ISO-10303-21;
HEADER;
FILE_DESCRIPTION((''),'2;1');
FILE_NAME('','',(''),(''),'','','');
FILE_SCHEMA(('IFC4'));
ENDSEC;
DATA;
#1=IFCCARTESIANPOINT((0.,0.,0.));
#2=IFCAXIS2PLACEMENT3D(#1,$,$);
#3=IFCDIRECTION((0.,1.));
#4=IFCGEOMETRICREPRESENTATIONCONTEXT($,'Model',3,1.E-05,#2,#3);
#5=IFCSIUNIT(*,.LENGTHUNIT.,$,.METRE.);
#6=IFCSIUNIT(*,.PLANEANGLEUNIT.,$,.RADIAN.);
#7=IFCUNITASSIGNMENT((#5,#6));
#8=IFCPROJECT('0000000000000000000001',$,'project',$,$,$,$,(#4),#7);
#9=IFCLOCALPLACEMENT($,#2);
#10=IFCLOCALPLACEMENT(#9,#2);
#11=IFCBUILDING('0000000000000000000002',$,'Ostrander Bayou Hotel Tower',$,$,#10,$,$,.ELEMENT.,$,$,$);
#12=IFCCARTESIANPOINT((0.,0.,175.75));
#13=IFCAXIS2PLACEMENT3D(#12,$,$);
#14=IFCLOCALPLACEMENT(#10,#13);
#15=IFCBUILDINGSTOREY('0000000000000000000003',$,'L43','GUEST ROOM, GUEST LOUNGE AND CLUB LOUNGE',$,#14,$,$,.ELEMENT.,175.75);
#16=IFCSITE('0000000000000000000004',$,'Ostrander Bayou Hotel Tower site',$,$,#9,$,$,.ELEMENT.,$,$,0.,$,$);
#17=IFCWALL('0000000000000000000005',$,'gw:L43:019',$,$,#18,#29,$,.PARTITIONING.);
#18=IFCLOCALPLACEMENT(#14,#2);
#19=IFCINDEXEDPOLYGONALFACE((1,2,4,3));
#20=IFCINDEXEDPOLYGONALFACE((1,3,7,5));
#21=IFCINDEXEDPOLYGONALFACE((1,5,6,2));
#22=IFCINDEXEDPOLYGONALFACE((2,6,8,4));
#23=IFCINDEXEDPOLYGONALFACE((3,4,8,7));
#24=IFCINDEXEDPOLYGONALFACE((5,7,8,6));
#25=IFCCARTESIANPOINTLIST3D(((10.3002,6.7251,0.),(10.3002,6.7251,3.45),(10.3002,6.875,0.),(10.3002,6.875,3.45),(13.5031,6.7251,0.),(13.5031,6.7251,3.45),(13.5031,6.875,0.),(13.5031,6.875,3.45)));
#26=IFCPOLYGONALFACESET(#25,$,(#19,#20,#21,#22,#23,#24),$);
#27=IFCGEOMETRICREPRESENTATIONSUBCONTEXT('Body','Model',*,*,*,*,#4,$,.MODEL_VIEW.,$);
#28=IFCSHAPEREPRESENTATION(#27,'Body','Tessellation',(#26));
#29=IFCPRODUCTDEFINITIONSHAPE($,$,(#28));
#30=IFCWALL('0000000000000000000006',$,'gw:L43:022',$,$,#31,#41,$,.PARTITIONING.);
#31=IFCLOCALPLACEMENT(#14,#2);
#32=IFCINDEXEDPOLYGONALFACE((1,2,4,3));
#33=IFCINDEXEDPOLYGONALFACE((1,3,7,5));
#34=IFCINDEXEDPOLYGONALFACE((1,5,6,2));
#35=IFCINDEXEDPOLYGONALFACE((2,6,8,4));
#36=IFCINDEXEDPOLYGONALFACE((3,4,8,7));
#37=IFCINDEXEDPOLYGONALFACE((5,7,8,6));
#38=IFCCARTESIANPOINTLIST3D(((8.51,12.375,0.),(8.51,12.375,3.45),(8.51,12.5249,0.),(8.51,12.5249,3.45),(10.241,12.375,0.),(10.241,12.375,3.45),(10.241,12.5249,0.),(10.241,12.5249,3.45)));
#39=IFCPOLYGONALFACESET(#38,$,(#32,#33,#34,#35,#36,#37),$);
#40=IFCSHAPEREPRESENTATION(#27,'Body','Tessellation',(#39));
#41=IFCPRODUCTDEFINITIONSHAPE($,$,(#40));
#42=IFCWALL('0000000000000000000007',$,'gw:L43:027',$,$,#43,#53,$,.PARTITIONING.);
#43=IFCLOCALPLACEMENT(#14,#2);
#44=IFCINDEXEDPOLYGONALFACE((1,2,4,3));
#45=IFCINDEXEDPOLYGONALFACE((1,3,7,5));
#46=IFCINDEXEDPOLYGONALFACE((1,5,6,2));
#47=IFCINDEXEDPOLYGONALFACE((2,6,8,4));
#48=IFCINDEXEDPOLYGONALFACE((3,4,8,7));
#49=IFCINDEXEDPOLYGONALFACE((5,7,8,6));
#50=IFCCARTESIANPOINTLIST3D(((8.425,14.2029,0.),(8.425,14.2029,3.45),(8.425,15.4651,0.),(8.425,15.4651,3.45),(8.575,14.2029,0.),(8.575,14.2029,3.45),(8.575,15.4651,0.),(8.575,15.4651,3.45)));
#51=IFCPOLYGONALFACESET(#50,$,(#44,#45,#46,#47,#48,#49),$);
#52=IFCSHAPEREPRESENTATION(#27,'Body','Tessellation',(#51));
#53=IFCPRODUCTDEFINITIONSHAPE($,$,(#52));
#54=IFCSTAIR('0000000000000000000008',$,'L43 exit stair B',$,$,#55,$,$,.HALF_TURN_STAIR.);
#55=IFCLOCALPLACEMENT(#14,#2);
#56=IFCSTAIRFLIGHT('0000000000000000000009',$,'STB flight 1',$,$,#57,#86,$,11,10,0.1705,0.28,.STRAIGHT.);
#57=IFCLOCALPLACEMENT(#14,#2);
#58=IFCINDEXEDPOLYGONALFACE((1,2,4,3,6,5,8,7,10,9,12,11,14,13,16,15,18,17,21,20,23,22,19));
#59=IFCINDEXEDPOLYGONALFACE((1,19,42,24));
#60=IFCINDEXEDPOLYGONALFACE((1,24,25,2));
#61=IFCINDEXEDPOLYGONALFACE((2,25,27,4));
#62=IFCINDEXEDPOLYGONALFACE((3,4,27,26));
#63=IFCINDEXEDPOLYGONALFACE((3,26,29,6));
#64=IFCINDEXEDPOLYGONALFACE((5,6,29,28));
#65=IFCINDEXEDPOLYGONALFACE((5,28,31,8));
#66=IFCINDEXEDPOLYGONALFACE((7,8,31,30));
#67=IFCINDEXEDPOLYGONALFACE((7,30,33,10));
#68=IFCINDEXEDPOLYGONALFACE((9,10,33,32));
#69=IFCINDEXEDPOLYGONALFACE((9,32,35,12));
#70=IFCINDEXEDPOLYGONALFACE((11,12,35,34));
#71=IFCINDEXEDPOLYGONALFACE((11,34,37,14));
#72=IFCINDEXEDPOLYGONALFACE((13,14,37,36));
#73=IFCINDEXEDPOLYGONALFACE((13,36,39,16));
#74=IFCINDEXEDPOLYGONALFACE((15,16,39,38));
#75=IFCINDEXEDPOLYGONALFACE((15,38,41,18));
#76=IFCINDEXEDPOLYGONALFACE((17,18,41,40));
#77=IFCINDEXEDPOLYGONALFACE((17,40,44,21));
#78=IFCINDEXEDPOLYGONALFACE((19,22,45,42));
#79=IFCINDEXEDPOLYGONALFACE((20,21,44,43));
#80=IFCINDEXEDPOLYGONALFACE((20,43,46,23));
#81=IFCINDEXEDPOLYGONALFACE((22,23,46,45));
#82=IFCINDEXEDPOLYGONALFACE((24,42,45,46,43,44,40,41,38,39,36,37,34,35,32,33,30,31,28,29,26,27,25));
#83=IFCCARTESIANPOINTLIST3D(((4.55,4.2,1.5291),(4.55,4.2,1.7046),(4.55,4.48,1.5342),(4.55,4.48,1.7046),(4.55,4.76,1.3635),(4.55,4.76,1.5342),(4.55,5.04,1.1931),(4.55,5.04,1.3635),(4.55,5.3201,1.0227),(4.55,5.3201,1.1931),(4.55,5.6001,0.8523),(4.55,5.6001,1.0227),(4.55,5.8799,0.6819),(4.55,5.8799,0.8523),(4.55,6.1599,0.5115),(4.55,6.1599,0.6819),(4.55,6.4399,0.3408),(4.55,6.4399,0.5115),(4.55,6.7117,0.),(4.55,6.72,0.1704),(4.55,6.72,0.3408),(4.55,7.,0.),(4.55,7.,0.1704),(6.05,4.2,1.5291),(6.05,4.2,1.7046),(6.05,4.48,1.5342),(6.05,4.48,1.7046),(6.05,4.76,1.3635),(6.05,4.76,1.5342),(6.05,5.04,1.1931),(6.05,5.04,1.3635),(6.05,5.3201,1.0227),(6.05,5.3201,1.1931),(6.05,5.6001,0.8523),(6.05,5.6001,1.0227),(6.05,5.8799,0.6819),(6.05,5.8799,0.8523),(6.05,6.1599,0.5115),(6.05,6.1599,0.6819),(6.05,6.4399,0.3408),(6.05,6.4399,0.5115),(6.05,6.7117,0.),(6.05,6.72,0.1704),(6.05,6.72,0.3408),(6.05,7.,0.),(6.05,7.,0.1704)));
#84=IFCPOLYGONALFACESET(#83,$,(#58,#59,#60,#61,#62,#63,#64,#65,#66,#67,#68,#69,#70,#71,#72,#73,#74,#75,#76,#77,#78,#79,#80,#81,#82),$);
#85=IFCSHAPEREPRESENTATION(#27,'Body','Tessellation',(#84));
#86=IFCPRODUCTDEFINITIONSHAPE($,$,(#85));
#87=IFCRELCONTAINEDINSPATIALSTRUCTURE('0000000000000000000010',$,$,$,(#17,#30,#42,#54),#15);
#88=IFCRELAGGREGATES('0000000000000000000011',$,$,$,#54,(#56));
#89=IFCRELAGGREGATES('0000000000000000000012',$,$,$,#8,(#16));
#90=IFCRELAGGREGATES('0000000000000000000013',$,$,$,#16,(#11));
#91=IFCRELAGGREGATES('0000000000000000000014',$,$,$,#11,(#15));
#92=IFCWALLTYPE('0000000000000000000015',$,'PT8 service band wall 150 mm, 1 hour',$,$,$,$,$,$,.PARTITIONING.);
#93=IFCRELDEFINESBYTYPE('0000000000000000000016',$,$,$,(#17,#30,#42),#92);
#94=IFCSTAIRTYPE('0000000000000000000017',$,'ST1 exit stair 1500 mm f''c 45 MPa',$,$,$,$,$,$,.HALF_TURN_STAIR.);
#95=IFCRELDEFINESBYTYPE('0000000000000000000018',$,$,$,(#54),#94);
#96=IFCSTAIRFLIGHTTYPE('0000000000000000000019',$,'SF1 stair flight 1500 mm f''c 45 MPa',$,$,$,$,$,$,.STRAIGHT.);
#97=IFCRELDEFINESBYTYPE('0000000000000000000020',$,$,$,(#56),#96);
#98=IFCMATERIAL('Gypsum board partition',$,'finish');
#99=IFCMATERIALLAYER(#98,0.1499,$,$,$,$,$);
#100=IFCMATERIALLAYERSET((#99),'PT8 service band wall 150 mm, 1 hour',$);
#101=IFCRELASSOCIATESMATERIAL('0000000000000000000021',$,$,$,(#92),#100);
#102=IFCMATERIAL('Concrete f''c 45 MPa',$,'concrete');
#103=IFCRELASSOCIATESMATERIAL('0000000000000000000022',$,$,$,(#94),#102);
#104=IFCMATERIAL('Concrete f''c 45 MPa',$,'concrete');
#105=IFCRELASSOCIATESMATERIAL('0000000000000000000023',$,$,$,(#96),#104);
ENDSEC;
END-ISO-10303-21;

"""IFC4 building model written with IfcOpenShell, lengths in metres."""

from ifc_helpers import new_model, si_unit, direction, frame, frame_2d, origin, place, context, subcontext, project, spatial, polyline, rectangle, outline, extrude, material, layer, layer_set, type_object, element, aggregate, save


model = new_model("IFC4")

# Units and contexts
model_context = context("Model", 3, precision=1e-05, world=origin(), true_north=direction((0.0, 1.0)))
body_context = subcontext(model_context, "Body", "Model", "MODEL_VIEW")
ifc_project = project(units=[si_unit("LENGTHUNIT", "METRE"), si_unit("PLANEANGLEUNIT", "RADIAN")], contexts=[model_context])

# Site, building, storey
site_placement = place(None, origin())
site = spatial("IfcSite", under=ifc_project, at=site_placement, Name="Ostrander Bayou Hotel Tower site", CompositionType="ELEMENT", RefElevation=0.0)
building_placement = place(site_placement, origin())
building = spatial("IfcBuilding", under=site, at=building_placement, Name="Ostrander Bayou Hotel Tower", CompositionType="ELEMENT")
storey_placement = place(building_placement, frame((0.0, 0.0, 175.75)))
storey = spatial("IfcBuildingStorey", under=building, at=storey_placement, Name="L43", Description="GUEST ROOM, GUEST LOUNGE AND CLUB LOUNGE", CompositionType="ELEMENT", Elevation=175.75)

# Walls
ifc_material_1 = material(Name="Gypsum board partition", Category="finish")
ifc_layer_1 = layer(ifc_material_1, 0.1499)
ifc_layer_set_1 = layer_set([ifc_layer_1], Name="PT8 service band wall 150 mm, 1 hour")
wall_type_1 = type_object("IfcWallType", Name="PT8 service band wall 150 mm, 1 hour", PredefinedType="PARTITIONING", material=ifc_layer_set_1)
wall_1_placement = place(storey_placement, frame((10.3, 6.8, 0.0), z_axis=(0.0, 0.0, 1.0), x_axis=(1.0, 0.0, 0.0)))
element("IfcWall", 1, at=wall_1_placement, inside=storey, type_object=wall_type_1, Name="gw:L43:019", PredefinedType="PARTITIONING", context=body_context, shape_type="SweptSolid", body=[
    extrude(rectangle(XDim=3.2029, YDim=0.1499, at=frame_2d((1.6016, 0.0))), origin(), (0.0, 0.0, 1.0), 3.45),
])
wall_2_placement = place(storey_placement, frame((8.51, 12.45, 0.0), z_axis=(0.0, 0.0, 1.0), x_axis=(1.0, 0.0, 0.0)))
element("IfcWall", 2, at=wall_2_placement, inside=storey, type_object=wall_type_1, Name="gw:L43:022", PredefinedType="PARTITIONING", context=body_context, shape_type="SweptSolid", body=[
    extrude(rectangle(XDim=1.731, YDim=0.1499, at=frame_2d((0.8655, 0.0))), origin(), (0.0, 0.0, 1.0), 3.45),
])
wall_3_placement = place(storey_placement, frame((8.5, 14.2029, 0.0), z_axis=(0.0, 0.0, 1.0), x_axis=(0.0, 1.0, 0.0)))
element("IfcWall", 3, at=wall_3_placement, inside=storey, type_object=wall_type_1, Name="gw:L43:027", PredefinedType="PARTITIONING", context=body_context, shape_type="SweptSolid", body=[
    extrude(rectangle(XDim=1.2622, YDim=0.1499, at=frame_2d((0.6311, 0.0))), origin(), (0.0, 0.0, 1.0), 3.45),
])

# Stair, stair flight
ifc_material_2 = material(Name="Concrete f'c 45 MPa", Category="concrete")
stair_type = type_object("IfcStairType", Name="ST1 exit stair 1500 mm f'c 45 MPa", PredefinedType="HALF_TURN_STAIR", material=ifc_material_2)
stair_placement = place(storey_placement, origin())
stair = element("IfcStair", 4, at=stair_placement, inside=storey, type_object=stair_type, Name="L43 exit stair B", PredefinedType="HALF_TURN_STAIR")
ifc_material_3 = material(Name="Concrete f'c 45 MPa", Category="concrete")
stair_flight_type = type_object("IfcStairFlightType", Name="SF1 stair flight 1500 mm f'c 45 MPa", PredefinedType="STRAIGHT", material=ifc_material_3)
stair_flight_placement = place(storey_placement, frame((5.3, 7.0, 0.0), z_axis=(0.0, 0.0, 1.0), x_axis=(0.0, -1.0, 0.0)))
stair_flight = element("IfcStairFlight", 5, at=stair_flight_placement, type_object=stair_flight_type, Name="STB flight 1", NumberOfRisers=11, NumberOfTreads=10, PredefinedType="STRAIGHT", RiserHeight=0.1705, TreadLength=0.28, context=body_context, shape_type="SweptSolid", body=[
    extrude(outline(polyline([(0.0, 0.0), (0.0, 0.1704), (0.28, 0.1704), (0.28, 0.3408), (0.5601, 0.3408), (0.5601, 0.5115), (0.8401, 0.5115), (0.8401, 0.6819), (1.1201, 0.6819), (1.1201, 0.8523), (1.3999, 0.8523), (1.3999, 1.0227), (1.6799, 1.0227), (1.6799, 1.1931), (1.96, 1.1931), (1.96, 1.3635), (2.24, 1.3635), (2.24, 1.5342), (2.52, 1.5342), (2.52, 1.7046), (2.8, 1.7046), (2.8, 1.875), (2.8, 1.5291), (0.2883, 0.0), (0.0, 0.0)])), frame((0.0, 0.75, 0.0), z_axis=(0.0, -1.0, 0.0), x_axis=(1.0, 0.0, 0.0)), (0.0, 0.0, 1.0), 1.5),
])
aggregate(stair, [stair_flight])

save(model, "model.ifc")
